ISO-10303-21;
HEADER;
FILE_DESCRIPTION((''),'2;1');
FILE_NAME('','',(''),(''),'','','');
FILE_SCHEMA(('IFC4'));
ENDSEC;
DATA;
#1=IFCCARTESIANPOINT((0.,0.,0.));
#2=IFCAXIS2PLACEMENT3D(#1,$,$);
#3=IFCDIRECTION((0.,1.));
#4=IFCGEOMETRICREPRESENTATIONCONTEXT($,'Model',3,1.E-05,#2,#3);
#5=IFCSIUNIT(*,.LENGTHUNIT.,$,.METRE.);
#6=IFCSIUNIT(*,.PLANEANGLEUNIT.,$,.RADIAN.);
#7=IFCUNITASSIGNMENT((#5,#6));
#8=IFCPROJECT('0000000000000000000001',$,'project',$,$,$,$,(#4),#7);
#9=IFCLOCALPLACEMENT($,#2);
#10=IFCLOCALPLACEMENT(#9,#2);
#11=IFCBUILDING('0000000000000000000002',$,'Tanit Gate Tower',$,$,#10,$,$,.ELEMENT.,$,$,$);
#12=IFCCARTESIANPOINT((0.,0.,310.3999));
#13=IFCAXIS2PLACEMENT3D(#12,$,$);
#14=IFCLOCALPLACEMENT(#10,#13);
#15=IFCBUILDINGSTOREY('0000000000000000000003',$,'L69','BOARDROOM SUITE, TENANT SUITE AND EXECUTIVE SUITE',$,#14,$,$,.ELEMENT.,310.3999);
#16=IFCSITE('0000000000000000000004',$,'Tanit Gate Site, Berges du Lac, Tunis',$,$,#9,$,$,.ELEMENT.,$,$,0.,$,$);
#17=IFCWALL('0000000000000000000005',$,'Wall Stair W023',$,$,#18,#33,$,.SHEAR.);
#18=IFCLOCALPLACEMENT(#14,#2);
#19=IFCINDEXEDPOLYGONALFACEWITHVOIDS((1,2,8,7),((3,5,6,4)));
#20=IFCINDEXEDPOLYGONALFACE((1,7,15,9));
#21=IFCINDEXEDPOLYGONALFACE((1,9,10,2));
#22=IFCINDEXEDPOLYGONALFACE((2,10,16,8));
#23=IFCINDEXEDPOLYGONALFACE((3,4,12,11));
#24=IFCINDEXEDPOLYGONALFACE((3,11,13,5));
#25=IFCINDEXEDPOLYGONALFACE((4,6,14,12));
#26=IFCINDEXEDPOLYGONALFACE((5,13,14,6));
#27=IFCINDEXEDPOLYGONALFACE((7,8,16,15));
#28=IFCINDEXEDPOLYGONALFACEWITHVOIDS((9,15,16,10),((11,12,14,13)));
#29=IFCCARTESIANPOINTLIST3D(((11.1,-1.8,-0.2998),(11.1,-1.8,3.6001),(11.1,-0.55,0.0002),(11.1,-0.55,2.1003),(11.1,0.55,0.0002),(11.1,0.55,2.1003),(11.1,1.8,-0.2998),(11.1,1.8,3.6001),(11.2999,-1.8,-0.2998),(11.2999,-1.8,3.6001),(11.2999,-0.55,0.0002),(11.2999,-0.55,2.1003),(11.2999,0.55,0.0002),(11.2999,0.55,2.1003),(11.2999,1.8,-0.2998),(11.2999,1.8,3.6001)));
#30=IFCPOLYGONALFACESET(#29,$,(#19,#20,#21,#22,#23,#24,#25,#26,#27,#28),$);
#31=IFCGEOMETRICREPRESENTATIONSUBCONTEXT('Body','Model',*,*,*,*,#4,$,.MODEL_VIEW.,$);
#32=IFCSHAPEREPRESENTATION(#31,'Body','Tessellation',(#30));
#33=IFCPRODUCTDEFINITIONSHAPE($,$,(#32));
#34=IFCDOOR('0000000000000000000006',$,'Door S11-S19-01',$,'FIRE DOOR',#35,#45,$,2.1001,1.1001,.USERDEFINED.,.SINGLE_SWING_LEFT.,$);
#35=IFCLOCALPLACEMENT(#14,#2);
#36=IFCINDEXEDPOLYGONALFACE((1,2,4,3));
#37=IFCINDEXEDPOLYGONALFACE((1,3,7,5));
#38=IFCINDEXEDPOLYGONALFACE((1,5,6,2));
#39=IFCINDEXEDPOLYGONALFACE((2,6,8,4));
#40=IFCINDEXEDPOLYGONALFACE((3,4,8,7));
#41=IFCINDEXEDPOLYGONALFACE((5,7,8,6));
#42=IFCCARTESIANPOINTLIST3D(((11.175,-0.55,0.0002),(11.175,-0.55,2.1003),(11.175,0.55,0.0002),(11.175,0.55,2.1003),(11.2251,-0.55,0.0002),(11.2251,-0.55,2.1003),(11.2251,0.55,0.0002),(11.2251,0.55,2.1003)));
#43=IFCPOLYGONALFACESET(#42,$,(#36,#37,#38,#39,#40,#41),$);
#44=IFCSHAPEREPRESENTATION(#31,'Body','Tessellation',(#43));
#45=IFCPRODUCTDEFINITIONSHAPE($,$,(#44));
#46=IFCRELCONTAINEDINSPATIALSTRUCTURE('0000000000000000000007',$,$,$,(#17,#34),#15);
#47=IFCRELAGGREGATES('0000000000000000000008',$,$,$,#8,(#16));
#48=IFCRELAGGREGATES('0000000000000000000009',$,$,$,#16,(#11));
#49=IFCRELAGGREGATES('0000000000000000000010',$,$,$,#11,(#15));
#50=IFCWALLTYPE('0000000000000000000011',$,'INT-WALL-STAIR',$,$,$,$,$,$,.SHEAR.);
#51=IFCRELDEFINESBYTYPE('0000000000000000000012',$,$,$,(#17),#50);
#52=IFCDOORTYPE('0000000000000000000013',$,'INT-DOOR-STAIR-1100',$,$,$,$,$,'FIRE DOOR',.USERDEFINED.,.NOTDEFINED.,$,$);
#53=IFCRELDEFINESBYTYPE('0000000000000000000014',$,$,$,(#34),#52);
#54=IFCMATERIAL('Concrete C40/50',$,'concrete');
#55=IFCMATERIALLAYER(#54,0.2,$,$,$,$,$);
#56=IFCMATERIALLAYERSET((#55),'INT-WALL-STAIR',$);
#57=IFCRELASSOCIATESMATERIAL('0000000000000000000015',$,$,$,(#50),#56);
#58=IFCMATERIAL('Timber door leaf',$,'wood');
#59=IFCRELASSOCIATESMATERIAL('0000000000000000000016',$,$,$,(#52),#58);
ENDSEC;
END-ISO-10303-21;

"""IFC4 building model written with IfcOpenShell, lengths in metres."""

from ifc_helpers import new_model, si_unit, direction, frame, frame_2d, origin, place, context, subcontext, project, spatial, rectangle, extrude, material, layer, layer_set, type_object, element, fill, save


model = new_model("IFC4")

# Units and contexts
model_context = context("Model", 3, precision=1e-05, world=origin(), true_north=direction((0.0, 1.0)))
body_context = subcontext(model_context, "Body", "Model", "MODEL_VIEW")
ifc_project = project(units=[si_unit("LENGTHUNIT", "METRE"), si_unit("PLANEANGLEUNIT", "RADIAN")], contexts=[model_context])

# Site, building, storey
site_placement = place(None, origin())
site = spatial("IfcSite", under=ifc_project, at=site_placement, Name="Tanit Gate Site, Berges du Lac, Tunis", CompositionType="ELEMENT", RefElevation=0.0)
building_placement = place(site_placement, origin())
building = spatial("IfcBuilding", under=site, at=building_placement, Name="Tanit Gate Tower", CompositionType="ELEMENT")
storey_placement = place(building_placement, frame((0.0, 0.0, 310.3999)))
storey = spatial("IfcBuildingStorey", under=building, at=storey_placement, Name="L69", Description="BOARDROOM SUITE, TENANT SUITE AND EXECUTIVE SUITE", CompositionType="ELEMENT", Elevation=310.3999)

# Shared definitions
ifc_material_1 = material(Name="Concrete C40/50", Category="concrete")
ifc_layer_1 = layer(ifc_material_1, 0.2)
ifc_layer_set_1 = layer_set([ifc_layer_1], Name="INT-WALL-STAIR")
wall_type_1 = type_object("IfcWallType", Name="INT-WALL-STAIR", PredefinedType="SHEAR", material=ifc_layer_set_1)

# Wall, opening, door
wall_1_placement = place(storey_placement, frame((11.2, -1.8, -0.2998), z_axis=(0.0, 0.0, 1.0), x_axis=(0.0, 1.0, 0.0)))
wall_1 = element("IfcWall", 1, at=wall_1_placement, inside=storey, type_object=wall_type_1, Name="Wall Stair W023", PredefinedType="SHEAR", context=body_context, shape_type="SweptSolid", body=[
    extrude(rectangle(XDim=3.6001, YDim=0.2, at=frame_2d((1.8, 0.0))), origin(), (0.0, 0.0, 1.0), 3.8999),
])
opening_1_placement = place(wall_1_placement, frame((1.25, 0.0, 0.3)))
opening_1 = element("IfcOpeningElement", 2, at=opening_1_placement, cuts=wall_1, PredefinedType="OPENING", context=body_context, shape_type="SweptSolid", body=[
    extrude(rectangle(XDim=1.1001, YDim=2.1001, at=frame_2d((0.55, 1.05))), frame((0.0, 0.1099, 0.0), z_axis=(0.0, -1.0, 0.0), x_axis=(1.0, 0.0, 0.0)), (0.0, 0.0, 1.0), 0.22),
])
ifc_material_2 = material(Name="Timber door leaf", Category="wood")
door_type_1 = type_object("IfcDoorType", Name="INT-DOOR-STAIR-1100", ElementType="FIRE DOOR", OperationType="NOTDEFINED", PredefinedType="USERDEFINED", material=ifc_material_2)
door_1_placement = place(opening_1_placement, origin())
door_1 = element("IfcDoor", 3, at=door_1_placement, inside=storey, type_object=door_type_1, Name="Door S11-S19-01", ObjectType="FIRE DOOR", OperationType="SINGLE_SWING_LEFT", OverallHeight=2.1001, OverallWidth=1.1001, PredefinedType="USERDEFINED", context=body_context, shape_type="SweptSolid", body=[
    extrude(rectangle(XDim=1.1001, YDim=2.1001, at=frame_2d((0.55, 1.05))), frame((0.0, 0.0249, 0.0), z_axis=(0.0, -1.0, 0.0), x_axis=(1.0, 0.0, 0.0)), (0.0, 0.0, 1.0), 0.05),
])
fill(opening_1, door_1)

save(model, "model.ifc")
